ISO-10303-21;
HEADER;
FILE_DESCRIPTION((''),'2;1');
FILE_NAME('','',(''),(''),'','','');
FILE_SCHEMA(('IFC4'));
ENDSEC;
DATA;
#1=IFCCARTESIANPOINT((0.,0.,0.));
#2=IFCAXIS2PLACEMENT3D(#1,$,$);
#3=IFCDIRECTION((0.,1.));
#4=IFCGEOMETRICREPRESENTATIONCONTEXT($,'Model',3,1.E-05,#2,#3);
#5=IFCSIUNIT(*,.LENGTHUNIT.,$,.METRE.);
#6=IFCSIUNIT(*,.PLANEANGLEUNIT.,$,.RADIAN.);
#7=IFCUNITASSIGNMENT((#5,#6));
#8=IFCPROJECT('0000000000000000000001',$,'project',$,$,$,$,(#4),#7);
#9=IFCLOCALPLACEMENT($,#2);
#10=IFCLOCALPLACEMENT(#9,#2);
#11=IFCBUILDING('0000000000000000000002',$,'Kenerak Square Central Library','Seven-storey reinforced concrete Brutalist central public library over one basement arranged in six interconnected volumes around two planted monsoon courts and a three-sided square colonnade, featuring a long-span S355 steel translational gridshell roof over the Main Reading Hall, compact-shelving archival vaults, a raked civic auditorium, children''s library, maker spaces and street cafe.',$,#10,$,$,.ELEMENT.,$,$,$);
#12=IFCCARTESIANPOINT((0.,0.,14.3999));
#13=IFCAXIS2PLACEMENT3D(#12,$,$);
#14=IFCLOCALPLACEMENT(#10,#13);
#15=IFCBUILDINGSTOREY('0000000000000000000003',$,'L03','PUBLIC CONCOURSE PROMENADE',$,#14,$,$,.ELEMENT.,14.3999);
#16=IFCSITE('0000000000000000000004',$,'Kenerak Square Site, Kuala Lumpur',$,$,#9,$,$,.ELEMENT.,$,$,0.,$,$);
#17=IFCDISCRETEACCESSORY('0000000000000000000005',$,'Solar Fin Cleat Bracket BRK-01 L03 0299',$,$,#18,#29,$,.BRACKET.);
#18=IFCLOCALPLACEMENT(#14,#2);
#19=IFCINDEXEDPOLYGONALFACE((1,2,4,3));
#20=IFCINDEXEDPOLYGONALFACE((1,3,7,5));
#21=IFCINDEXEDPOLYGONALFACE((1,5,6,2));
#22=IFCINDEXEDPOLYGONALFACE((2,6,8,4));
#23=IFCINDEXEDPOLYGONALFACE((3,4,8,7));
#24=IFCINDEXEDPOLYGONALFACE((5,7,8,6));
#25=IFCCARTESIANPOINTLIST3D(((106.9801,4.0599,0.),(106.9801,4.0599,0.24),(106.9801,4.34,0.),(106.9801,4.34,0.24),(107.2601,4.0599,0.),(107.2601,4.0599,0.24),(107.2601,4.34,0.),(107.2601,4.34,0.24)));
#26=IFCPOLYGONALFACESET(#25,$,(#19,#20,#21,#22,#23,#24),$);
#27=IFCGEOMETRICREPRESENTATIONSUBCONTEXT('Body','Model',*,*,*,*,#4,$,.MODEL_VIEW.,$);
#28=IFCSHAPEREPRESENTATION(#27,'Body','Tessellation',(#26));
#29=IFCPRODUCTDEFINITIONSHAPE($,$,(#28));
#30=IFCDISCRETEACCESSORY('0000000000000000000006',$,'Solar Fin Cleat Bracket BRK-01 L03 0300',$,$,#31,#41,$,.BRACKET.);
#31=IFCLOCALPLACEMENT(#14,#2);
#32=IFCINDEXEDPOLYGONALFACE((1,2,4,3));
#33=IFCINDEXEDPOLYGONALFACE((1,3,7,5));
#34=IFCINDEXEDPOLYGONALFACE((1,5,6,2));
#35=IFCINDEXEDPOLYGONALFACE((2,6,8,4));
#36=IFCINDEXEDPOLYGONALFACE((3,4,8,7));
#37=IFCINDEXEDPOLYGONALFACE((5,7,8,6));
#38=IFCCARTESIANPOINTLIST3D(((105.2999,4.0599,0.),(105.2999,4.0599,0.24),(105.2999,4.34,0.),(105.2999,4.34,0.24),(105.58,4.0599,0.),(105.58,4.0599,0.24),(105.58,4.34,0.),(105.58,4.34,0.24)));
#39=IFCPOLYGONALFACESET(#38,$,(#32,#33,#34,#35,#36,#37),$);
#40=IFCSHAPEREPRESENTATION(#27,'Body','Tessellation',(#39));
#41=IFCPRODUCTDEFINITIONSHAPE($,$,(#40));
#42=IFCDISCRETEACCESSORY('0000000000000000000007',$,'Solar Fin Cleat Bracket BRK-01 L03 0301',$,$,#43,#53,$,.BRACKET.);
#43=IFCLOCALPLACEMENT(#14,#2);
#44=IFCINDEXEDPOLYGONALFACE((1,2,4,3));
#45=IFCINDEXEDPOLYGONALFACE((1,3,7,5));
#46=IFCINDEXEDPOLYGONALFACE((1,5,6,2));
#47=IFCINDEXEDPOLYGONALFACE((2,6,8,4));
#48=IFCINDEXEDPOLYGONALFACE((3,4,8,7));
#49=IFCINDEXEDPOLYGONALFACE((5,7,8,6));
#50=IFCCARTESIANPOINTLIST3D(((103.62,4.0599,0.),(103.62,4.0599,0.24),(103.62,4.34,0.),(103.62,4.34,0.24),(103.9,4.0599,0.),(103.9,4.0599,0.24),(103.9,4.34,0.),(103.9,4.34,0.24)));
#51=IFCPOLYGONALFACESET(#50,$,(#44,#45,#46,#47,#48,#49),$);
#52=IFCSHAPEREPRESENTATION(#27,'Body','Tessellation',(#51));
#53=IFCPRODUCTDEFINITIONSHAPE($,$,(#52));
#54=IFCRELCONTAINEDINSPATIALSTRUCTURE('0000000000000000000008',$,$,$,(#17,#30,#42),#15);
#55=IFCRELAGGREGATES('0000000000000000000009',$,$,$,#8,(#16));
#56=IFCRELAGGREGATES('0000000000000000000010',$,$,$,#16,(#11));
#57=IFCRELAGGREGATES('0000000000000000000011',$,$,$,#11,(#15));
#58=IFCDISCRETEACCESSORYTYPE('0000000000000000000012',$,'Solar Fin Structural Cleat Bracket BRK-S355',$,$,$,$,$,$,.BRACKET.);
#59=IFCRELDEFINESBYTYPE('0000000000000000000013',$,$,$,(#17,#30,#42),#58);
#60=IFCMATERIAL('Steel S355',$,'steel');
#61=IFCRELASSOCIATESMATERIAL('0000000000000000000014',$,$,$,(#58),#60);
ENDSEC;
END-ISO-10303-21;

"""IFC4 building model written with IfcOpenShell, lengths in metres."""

from ifc_helpers import new_model, si_unit, direction, frame, origin, origin_2d, place, context, subcontext, project, spatial, rectangle, extrude, material, type_object, element, save


model = new_model("IFC4")

# Units and contexts
model_context = context("Model", 3, precision=1e-05, world=origin(), true_north=direction((0.0, 1.0)))
body_context = subcontext(model_context, "Body", "Model", "MODEL_VIEW")
ifc_project = project(units=[si_unit("LENGTHUNIT", "METRE"), si_unit("PLANEANGLEUNIT", "RADIAN")], contexts=[model_context])

# Site, building, storey
site_placement = place(None, origin())
site = spatial("IfcSite", under=ifc_project, at=site_placement, Name="Kenerak Square Site, Kuala Lumpur", CompositionType="ELEMENT", RefElevation=0.0)
building_placement = place(site_placement, origin())
building = spatial("IfcBuilding", under=site, at=building_placement, Name="Kenerak Square Central Library", Description="Seven-storey reinforced concrete Brutalist central public library over one basement arranged in six interconnected volumes around two planted monsoon courts and a three-sided square colonnade, featuring a long-span S355 steel translational gridshell roof over the Main Reading Hall, compact-shelving archival vaults, a raked civic auditorium, children's library, maker spaces and street cafe.", CompositionType="ELEMENT")
storey_placement = place(building_placement, frame((0.0, 0.0, 14.3999)))
storey = spatial("IfcBuildingStorey", under=building, at=storey_placement, Name="L03", Description="PUBLIC CONCOURSE PROMENADE", CompositionType="ELEMENT", Elevation=14.3999)

# Shared definitions
ifc_material_1 = material(Name="Steel S355", Category="steel")

# Discrete accessories
discrete_accessory_type = type_object("IfcDiscreteAccessoryType", Name="Solar Fin Structural Cleat Bracket BRK-S355", PredefinedType="BRACKET", material=ifc_material_1)
for number, where, z_axis, x_axis, name in (
    (1, (107.1201, 4.2, 0.0), (0.0, 0.0, 1.0), (-1.0, 0.0, 0.0), "Solar Fin Cleat Bracket BRK-01 L03 0299"),
    (2, (105.4399, 4.2, 0.0), (0.0, 0.0, 1.0), (-1.0, 0.0, 0.0), "Solar Fin Cleat Bracket BRK-01 L03 0300"),
    (3, (103.76, 4.2, 0.0), (0.0, 0.0, 1.0), (-1.0, 0.0, 0.0), "Solar Fin Cleat Bracket BRK-01 L03 0301"),
):
    element("IfcDiscreteAccessory", number, at=place(storey_placement, frame(where, z_axis=z_axis, x_axis=x_axis)), inside=storey, type_object=discrete_accessory_type, Name=name, PredefinedType="BRACKET", context=body_context, shape_type="SweptSolid", body=[
        extrude(rectangle(XDim=0.28, YDim=0.28, at=origin_2d()), origin(), (0.0, 0.0, 1.0), 0.24),
    ])

save(model, "model.ifc")
